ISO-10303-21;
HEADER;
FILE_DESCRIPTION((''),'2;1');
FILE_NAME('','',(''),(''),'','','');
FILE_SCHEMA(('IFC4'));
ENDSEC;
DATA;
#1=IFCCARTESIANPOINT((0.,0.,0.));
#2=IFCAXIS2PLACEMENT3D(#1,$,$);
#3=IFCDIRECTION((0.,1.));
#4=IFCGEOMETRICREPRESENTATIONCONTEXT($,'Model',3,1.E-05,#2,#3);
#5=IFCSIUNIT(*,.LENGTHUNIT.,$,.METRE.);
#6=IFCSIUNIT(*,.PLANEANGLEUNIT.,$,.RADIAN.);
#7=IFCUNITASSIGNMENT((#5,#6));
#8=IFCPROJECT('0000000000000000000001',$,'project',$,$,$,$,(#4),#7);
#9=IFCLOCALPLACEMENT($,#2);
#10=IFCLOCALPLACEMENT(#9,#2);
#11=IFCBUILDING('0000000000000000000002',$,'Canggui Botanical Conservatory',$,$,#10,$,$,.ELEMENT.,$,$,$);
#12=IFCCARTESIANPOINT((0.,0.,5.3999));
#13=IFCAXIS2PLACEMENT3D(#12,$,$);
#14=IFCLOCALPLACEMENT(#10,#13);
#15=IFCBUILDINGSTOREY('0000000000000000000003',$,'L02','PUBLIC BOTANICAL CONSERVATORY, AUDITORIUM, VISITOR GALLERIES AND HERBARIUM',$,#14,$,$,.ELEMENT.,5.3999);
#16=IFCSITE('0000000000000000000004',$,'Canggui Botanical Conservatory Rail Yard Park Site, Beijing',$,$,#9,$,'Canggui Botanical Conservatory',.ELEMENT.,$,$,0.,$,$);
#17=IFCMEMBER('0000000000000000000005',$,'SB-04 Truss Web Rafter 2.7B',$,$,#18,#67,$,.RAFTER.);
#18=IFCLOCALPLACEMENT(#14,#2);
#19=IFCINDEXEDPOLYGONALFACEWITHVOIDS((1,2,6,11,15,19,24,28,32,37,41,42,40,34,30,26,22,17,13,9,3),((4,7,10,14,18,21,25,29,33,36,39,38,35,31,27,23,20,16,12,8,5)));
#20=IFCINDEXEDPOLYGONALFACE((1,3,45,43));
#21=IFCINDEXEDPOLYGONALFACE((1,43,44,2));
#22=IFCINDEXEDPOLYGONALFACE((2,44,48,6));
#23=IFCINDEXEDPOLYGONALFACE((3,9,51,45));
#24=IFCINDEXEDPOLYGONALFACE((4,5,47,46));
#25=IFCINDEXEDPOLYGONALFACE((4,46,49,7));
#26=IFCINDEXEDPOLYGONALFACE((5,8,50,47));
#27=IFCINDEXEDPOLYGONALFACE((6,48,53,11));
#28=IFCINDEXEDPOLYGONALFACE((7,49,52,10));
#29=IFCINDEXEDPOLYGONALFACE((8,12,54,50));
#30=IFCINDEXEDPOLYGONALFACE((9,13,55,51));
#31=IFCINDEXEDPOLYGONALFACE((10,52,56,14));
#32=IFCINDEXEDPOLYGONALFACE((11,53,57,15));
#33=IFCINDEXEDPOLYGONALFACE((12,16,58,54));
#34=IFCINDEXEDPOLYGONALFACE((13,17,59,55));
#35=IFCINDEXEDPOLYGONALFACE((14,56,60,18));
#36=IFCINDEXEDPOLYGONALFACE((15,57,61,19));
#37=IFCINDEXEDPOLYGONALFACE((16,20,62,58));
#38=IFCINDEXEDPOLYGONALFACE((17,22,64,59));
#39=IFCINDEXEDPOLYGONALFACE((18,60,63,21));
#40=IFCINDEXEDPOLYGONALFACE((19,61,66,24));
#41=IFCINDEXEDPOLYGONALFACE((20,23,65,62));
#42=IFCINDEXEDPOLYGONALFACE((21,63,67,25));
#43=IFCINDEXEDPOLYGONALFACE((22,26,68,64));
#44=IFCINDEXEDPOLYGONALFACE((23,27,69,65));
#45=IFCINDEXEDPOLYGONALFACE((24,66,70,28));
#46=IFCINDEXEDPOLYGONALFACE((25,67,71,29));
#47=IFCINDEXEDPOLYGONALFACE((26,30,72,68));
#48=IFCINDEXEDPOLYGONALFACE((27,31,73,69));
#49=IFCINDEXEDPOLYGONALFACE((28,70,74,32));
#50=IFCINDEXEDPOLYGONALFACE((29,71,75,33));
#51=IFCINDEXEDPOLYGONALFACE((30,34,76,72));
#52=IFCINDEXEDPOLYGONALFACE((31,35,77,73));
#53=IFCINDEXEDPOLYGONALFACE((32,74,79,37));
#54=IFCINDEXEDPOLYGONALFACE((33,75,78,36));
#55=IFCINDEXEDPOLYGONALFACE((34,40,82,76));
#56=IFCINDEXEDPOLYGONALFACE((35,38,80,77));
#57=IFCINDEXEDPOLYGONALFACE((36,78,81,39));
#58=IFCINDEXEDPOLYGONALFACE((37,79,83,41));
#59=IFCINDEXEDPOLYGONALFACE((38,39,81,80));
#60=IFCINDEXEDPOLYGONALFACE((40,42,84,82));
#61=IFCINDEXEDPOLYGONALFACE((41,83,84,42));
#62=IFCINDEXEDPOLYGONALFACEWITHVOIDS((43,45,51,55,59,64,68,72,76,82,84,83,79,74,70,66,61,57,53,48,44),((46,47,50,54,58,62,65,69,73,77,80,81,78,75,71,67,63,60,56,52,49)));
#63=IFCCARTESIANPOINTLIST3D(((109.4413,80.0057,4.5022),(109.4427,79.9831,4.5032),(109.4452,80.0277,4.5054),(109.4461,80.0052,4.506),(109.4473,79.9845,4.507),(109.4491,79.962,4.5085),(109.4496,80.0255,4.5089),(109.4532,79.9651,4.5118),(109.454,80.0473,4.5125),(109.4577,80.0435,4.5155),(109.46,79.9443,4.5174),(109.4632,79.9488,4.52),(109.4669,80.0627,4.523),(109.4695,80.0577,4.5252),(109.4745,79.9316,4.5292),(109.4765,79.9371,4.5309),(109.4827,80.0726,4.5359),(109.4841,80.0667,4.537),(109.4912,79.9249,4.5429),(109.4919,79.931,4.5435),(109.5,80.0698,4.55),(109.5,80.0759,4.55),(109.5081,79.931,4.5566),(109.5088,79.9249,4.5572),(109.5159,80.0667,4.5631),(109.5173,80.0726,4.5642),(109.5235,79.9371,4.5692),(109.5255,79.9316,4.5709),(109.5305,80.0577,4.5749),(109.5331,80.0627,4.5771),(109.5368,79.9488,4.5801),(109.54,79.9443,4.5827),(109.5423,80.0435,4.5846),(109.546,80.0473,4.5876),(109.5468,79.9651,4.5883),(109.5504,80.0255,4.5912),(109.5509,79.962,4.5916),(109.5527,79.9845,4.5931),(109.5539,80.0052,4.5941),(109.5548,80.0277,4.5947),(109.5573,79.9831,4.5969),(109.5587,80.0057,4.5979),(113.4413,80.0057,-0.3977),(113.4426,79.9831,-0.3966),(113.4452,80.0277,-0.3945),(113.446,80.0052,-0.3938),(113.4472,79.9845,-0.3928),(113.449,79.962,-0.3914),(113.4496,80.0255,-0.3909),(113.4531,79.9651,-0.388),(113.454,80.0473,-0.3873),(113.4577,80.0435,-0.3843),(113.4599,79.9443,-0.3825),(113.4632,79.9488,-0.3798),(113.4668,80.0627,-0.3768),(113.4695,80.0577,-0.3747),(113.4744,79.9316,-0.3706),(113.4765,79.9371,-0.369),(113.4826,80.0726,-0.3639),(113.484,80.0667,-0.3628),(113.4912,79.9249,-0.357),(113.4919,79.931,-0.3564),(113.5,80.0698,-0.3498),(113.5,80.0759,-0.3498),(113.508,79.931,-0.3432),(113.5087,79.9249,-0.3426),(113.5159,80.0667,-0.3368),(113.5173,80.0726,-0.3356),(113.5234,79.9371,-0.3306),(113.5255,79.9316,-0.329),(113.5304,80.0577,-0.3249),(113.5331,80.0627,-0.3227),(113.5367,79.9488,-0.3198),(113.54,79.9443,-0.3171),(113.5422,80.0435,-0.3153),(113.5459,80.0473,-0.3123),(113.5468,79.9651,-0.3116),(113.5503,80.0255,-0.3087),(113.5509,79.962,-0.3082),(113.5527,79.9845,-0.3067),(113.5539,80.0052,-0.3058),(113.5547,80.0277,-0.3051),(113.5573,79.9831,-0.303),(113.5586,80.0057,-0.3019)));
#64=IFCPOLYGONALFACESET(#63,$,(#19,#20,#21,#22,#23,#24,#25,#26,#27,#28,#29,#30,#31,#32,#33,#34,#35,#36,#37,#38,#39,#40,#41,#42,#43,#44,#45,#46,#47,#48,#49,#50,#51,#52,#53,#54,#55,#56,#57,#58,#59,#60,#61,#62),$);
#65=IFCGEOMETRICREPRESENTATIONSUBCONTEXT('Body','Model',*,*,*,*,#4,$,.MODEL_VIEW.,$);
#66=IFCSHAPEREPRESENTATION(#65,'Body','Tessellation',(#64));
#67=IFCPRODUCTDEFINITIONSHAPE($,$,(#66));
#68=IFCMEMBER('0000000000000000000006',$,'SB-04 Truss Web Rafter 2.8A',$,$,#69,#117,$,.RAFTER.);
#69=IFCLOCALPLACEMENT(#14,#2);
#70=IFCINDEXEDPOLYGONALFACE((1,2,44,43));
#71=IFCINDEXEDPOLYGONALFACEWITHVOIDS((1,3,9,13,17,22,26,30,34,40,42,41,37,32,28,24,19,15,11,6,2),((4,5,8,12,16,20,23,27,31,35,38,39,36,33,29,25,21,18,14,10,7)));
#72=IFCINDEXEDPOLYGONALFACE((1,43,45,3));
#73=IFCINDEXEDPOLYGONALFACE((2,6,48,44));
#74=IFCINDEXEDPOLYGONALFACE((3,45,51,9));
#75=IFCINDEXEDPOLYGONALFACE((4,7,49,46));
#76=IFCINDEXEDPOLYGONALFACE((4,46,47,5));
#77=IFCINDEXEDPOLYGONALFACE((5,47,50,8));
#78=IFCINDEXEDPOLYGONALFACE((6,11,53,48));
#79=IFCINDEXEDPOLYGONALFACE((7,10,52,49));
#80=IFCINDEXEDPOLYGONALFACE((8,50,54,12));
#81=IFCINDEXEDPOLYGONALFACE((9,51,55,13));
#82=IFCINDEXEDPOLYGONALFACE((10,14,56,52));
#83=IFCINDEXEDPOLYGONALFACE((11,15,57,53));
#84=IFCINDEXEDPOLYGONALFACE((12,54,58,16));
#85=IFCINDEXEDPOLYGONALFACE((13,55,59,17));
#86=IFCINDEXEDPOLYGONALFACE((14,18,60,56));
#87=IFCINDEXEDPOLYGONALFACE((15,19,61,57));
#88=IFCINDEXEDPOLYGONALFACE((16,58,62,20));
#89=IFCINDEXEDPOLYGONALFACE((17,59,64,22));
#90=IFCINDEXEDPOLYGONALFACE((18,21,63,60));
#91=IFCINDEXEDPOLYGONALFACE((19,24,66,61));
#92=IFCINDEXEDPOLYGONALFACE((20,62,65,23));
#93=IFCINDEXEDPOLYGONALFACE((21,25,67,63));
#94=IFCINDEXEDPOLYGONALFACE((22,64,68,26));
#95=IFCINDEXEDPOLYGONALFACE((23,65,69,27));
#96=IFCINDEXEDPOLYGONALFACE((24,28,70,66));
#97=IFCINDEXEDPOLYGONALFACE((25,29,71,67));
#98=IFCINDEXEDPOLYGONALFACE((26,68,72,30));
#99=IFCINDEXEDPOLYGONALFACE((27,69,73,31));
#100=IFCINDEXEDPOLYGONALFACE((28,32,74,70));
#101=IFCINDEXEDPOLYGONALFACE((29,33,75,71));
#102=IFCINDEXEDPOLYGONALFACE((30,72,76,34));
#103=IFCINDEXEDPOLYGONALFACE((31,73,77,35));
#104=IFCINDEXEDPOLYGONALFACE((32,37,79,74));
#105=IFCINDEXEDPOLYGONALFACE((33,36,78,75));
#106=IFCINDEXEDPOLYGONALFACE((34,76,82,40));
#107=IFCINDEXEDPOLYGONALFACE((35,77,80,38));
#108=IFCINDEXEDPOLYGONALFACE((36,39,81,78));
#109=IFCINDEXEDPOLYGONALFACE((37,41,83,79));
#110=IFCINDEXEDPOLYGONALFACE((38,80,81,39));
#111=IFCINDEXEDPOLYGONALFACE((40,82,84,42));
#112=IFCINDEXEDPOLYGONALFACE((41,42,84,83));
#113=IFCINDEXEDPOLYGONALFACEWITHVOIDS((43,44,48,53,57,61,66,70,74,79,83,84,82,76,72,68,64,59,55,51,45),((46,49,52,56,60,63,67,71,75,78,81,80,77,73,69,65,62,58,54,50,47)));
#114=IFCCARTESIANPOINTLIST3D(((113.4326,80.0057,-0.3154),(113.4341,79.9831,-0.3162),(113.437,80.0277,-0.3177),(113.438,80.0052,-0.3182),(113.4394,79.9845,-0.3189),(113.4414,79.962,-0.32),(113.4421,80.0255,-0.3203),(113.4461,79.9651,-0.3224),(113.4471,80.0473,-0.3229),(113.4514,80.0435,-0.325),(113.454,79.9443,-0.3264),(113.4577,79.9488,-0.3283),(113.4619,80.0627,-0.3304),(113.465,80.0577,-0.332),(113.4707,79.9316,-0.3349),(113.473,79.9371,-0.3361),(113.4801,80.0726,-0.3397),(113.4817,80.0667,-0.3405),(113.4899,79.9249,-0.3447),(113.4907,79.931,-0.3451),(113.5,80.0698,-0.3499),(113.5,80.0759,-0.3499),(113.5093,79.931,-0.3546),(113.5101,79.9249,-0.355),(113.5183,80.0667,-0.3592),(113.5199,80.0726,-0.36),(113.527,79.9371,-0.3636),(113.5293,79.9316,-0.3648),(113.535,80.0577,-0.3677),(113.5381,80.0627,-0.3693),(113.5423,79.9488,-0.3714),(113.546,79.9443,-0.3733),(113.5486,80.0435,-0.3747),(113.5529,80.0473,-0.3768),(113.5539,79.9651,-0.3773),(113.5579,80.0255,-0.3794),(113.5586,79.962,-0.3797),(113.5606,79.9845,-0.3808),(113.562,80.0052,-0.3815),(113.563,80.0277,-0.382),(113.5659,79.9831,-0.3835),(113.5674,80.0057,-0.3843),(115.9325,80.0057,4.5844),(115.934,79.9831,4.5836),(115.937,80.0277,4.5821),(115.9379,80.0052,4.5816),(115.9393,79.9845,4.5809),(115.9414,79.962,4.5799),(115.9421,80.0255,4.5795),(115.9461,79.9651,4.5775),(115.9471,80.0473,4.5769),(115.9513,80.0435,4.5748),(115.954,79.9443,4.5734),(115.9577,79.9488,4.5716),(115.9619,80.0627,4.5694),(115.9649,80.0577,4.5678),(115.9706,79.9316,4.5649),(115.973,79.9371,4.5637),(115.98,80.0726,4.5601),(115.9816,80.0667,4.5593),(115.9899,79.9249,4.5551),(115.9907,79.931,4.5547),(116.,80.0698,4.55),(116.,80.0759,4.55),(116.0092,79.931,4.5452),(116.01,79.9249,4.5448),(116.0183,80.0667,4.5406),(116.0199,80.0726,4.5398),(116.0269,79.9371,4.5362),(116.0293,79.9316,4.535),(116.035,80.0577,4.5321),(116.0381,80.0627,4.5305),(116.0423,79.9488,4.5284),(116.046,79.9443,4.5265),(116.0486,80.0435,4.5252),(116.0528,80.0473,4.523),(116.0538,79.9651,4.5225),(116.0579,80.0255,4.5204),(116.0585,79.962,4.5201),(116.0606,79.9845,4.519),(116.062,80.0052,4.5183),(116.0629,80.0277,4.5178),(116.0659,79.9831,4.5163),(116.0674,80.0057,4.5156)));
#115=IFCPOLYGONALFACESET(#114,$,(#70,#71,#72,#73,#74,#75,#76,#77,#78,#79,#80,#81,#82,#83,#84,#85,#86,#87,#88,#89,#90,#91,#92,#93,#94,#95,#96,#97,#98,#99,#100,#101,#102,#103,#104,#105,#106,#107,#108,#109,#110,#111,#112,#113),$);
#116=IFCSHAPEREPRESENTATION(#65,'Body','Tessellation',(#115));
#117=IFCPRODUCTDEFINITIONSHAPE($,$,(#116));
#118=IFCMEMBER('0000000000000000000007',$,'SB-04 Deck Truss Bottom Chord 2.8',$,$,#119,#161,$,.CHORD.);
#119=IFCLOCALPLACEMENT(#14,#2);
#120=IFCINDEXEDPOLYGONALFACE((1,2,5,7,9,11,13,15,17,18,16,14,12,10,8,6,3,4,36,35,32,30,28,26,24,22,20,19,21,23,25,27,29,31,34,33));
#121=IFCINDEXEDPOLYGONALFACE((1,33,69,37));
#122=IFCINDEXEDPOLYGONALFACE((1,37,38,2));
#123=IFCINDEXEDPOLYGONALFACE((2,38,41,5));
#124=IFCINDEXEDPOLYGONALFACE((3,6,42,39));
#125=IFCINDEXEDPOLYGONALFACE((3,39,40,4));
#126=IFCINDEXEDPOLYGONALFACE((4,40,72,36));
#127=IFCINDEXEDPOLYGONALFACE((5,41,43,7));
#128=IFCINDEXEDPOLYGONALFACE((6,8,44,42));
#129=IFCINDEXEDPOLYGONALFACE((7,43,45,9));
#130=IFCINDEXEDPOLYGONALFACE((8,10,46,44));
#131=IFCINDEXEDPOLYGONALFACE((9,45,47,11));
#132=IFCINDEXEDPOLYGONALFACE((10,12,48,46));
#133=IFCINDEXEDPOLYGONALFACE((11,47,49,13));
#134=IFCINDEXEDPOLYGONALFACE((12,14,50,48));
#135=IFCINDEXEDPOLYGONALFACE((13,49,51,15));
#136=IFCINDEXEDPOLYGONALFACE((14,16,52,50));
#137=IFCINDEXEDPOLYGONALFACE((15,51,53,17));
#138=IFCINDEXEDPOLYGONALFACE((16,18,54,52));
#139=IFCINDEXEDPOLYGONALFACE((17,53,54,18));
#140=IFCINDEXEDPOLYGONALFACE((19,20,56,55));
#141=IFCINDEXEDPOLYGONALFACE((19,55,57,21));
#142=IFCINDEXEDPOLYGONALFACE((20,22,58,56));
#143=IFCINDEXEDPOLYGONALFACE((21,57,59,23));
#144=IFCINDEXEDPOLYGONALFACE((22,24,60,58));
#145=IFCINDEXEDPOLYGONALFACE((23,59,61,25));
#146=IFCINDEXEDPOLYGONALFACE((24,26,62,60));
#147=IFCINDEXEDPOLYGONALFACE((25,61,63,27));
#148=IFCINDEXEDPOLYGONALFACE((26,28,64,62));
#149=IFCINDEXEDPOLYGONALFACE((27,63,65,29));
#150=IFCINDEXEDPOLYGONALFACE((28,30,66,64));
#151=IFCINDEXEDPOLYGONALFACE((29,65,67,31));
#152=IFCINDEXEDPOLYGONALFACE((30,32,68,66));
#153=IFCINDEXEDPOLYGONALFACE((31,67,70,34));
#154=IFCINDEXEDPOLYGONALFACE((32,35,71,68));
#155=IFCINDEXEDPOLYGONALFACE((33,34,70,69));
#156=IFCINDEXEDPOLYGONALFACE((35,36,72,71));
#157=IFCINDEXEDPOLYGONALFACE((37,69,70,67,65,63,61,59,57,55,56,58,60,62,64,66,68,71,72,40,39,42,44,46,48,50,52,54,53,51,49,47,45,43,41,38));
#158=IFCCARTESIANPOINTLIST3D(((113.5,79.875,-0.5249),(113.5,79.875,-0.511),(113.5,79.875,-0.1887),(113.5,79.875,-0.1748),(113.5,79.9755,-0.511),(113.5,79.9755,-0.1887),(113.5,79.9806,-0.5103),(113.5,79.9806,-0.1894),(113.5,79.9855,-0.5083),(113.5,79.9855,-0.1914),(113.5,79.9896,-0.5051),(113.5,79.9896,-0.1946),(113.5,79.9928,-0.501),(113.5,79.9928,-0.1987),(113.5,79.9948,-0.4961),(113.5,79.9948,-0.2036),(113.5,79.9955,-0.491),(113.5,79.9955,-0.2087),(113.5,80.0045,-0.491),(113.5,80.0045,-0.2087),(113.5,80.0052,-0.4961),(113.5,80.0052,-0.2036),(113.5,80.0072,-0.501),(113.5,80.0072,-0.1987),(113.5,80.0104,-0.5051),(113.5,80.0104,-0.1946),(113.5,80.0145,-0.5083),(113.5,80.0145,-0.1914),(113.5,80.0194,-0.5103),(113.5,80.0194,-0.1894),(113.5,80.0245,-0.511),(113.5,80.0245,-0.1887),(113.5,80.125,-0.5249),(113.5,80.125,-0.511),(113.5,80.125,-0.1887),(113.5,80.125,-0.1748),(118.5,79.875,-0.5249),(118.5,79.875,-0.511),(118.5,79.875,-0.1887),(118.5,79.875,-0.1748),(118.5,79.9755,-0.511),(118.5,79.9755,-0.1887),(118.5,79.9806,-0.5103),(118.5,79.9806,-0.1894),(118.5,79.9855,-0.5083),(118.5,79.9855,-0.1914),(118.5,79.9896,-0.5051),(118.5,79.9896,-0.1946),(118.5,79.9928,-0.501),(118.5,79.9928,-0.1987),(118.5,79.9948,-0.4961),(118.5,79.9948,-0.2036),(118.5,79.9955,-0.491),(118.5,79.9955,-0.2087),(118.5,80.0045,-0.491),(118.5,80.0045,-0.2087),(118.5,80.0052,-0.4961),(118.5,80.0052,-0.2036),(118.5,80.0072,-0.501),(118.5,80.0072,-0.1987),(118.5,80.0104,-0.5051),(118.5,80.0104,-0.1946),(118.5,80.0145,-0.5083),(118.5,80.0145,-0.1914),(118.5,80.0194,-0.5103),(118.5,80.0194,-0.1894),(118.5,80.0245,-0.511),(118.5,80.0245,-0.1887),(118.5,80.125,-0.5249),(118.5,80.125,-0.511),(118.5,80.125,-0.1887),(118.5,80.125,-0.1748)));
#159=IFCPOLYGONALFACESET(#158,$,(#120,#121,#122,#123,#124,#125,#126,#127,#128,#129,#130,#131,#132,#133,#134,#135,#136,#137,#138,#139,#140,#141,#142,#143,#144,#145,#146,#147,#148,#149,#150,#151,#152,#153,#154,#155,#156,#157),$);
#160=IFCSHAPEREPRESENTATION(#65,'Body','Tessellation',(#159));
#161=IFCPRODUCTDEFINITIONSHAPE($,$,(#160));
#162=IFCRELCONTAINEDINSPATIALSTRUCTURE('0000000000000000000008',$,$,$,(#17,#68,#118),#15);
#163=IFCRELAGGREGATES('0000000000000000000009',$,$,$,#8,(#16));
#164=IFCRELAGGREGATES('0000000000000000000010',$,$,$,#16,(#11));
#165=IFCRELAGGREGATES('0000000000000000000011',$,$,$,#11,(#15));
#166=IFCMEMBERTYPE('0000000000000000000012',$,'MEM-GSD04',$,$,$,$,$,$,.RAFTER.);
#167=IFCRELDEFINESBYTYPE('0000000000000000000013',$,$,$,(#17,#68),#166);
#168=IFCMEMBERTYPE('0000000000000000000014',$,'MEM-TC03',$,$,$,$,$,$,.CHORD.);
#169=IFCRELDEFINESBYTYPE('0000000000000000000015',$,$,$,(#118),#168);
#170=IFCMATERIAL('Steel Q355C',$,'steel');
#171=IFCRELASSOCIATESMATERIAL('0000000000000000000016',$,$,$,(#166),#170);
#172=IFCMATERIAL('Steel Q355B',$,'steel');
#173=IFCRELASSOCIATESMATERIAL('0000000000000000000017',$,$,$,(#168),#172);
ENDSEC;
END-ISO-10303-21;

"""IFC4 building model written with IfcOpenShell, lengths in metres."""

from ifc_helpers import new_model, si_unit, direction, frame, origin, origin_2d, place, context, subcontext, project, spatial, hollow_circle, i_section, extrude, material, material_profile, profile_set, type_object, element, save


model = new_model("IFC4")

# Units and contexts
model_context = context("Model", 3, precision=1e-05, world=origin(), true_north=direction((0.0, 1.0)))
body_context = subcontext(model_context, "Body", "Model", "MODEL_VIEW")
ifc_project = project(units=[si_unit("LENGTHUNIT", "METRE"), si_unit("PLANEANGLEUNIT", "RADIAN")], contexts=[model_context])

# Site, building, storey
site_placement = place(None, origin())
site = spatial("IfcSite", under=ifc_project, at=site_placement, Name="Canggui Botanical Conservatory Rail Yard Park Site, Beijing", LongName="Canggui Botanical Conservatory", CompositionType="ELEMENT", RefElevation=0.0)
building_placement = place(site_placement, origin())
building = spatial("IfcBuilding", under=site, at=building_placement, Name="Canggui Botanical Conservatory", CompositionType="ELEMENT")
storey_placement = place(building_placement, frame((0.0, 0.0, 5.3999)))
storey = spatial("IfcBuildingStorey", under=building, at=storey_placement, Name="L02", Description="PUBLIC BOTANICAL CONSERVATORY, AUDITORIUM, VISITOR GALLERIES AND HERBARIUM", CompositionType="ELEMENT", Elevation=5.3999)

# Shared definitions
ifc_material_1 = material(Name="Steel Q355B", Category="steel")

# Members
ifc_material_2 = material(Name="Steel Q355C", Category="steel")
ifc_material_profile_1 = material_profile(ifc_material_2, hollow_circle(Radius=0.0759, WallThickness=0.0061, at=origin_2d()), Name="CHS 152x6")
ifc_profile_set_1 = profile_set([ifc_material_profile_1], Name="Steel Q355C")
member_type_1 = type_object("IfcMemberType", Name="MEM-GSD04", PredefinedType="RAFTER", material=ifc_profile_set_1)
member_1_placement = place(storey_placement, frame((109.5, 80.0, 4.55), z_axis=(0.632384, 0.0, -0.774655), x_axis=(0.0, 1.0, 0.0)))
element("IfcMember", 1, at=member_1_placement, inside=storey, type_object=member_type_1, Name="SB-04 Truss Web Rafter 2.7B", PredefinedType="RAFTER", context=body_context, shape_type="SweptSolid", body=[
    extrude(hollow_circle(Radius=0.0759, WallThickness=0.0061, at=origin_2d()), origin(), (0.0, 0.0, 1.0), 6.3252),
])
member_2_placement = place(storey_placement, frame((113.5, 80.0, -0.3499), z_axis=(0.454478, 0.0, 0.890758), x_axis=(0.0, 1.0, 0.0)))
element("IfcMember", 2, at=member_2_placement, inside=storey, type_object=member_type_1, Name="SB-04 Truss Web Rafter 2.8A", PredefinedType="RAFTER", context=body_context, shape_type="SweptSolid", body=[
    extrude(hollow_circle(Radius=0.0759, WallThickness=0.0061, at=origin_2d()), origin(), (0.0, 0.0, 1.0), 5.5007),
])
ifc_material_profile_2 = material_profile(ifc_material_1, i_section(OverallWidth=0.25, OverallDepth=0.3501, WebThickness=0.009, FlangeThickness=0.0139, FilletRadius=0.02, at=origin_2d()), Name="HM 350x250x9x14")
ifc_profile_set_2 = profile_set([ifc_material_profile_2], Name="Steel Q355B")
member_type_2 = type_object("IfcMemberType", Name="MEM-TC03", PredefinedType="CHORD", material=ifc_profile_set_2)
member_3_placement = place(storey_placement, frame((113.5, 80.0, -0.3499), z_axis=(1.0, 0.0, 0.0), x_axis=(0.0, 1.0, 0.0)))
element("IfcMember", 3, at=member_3_placement, inside=storey, type_object=member_type_2, Name="SB-04 Deck Truss Bottom Chord 2.8", PredefinedType="CHORD", context=body_context, shape_type="SweptSolid", body=[
    extrude(i_section(OverallWidth=0.25, OverallDepth=0.3501, WebThickness=0.009, FlangeThickness=0.0139, FilletRadius=0.02, at=origin_2d()), origin(), (0.0, 0.0, 1.0), 5.0),
])

save(model, "model.ifc")
